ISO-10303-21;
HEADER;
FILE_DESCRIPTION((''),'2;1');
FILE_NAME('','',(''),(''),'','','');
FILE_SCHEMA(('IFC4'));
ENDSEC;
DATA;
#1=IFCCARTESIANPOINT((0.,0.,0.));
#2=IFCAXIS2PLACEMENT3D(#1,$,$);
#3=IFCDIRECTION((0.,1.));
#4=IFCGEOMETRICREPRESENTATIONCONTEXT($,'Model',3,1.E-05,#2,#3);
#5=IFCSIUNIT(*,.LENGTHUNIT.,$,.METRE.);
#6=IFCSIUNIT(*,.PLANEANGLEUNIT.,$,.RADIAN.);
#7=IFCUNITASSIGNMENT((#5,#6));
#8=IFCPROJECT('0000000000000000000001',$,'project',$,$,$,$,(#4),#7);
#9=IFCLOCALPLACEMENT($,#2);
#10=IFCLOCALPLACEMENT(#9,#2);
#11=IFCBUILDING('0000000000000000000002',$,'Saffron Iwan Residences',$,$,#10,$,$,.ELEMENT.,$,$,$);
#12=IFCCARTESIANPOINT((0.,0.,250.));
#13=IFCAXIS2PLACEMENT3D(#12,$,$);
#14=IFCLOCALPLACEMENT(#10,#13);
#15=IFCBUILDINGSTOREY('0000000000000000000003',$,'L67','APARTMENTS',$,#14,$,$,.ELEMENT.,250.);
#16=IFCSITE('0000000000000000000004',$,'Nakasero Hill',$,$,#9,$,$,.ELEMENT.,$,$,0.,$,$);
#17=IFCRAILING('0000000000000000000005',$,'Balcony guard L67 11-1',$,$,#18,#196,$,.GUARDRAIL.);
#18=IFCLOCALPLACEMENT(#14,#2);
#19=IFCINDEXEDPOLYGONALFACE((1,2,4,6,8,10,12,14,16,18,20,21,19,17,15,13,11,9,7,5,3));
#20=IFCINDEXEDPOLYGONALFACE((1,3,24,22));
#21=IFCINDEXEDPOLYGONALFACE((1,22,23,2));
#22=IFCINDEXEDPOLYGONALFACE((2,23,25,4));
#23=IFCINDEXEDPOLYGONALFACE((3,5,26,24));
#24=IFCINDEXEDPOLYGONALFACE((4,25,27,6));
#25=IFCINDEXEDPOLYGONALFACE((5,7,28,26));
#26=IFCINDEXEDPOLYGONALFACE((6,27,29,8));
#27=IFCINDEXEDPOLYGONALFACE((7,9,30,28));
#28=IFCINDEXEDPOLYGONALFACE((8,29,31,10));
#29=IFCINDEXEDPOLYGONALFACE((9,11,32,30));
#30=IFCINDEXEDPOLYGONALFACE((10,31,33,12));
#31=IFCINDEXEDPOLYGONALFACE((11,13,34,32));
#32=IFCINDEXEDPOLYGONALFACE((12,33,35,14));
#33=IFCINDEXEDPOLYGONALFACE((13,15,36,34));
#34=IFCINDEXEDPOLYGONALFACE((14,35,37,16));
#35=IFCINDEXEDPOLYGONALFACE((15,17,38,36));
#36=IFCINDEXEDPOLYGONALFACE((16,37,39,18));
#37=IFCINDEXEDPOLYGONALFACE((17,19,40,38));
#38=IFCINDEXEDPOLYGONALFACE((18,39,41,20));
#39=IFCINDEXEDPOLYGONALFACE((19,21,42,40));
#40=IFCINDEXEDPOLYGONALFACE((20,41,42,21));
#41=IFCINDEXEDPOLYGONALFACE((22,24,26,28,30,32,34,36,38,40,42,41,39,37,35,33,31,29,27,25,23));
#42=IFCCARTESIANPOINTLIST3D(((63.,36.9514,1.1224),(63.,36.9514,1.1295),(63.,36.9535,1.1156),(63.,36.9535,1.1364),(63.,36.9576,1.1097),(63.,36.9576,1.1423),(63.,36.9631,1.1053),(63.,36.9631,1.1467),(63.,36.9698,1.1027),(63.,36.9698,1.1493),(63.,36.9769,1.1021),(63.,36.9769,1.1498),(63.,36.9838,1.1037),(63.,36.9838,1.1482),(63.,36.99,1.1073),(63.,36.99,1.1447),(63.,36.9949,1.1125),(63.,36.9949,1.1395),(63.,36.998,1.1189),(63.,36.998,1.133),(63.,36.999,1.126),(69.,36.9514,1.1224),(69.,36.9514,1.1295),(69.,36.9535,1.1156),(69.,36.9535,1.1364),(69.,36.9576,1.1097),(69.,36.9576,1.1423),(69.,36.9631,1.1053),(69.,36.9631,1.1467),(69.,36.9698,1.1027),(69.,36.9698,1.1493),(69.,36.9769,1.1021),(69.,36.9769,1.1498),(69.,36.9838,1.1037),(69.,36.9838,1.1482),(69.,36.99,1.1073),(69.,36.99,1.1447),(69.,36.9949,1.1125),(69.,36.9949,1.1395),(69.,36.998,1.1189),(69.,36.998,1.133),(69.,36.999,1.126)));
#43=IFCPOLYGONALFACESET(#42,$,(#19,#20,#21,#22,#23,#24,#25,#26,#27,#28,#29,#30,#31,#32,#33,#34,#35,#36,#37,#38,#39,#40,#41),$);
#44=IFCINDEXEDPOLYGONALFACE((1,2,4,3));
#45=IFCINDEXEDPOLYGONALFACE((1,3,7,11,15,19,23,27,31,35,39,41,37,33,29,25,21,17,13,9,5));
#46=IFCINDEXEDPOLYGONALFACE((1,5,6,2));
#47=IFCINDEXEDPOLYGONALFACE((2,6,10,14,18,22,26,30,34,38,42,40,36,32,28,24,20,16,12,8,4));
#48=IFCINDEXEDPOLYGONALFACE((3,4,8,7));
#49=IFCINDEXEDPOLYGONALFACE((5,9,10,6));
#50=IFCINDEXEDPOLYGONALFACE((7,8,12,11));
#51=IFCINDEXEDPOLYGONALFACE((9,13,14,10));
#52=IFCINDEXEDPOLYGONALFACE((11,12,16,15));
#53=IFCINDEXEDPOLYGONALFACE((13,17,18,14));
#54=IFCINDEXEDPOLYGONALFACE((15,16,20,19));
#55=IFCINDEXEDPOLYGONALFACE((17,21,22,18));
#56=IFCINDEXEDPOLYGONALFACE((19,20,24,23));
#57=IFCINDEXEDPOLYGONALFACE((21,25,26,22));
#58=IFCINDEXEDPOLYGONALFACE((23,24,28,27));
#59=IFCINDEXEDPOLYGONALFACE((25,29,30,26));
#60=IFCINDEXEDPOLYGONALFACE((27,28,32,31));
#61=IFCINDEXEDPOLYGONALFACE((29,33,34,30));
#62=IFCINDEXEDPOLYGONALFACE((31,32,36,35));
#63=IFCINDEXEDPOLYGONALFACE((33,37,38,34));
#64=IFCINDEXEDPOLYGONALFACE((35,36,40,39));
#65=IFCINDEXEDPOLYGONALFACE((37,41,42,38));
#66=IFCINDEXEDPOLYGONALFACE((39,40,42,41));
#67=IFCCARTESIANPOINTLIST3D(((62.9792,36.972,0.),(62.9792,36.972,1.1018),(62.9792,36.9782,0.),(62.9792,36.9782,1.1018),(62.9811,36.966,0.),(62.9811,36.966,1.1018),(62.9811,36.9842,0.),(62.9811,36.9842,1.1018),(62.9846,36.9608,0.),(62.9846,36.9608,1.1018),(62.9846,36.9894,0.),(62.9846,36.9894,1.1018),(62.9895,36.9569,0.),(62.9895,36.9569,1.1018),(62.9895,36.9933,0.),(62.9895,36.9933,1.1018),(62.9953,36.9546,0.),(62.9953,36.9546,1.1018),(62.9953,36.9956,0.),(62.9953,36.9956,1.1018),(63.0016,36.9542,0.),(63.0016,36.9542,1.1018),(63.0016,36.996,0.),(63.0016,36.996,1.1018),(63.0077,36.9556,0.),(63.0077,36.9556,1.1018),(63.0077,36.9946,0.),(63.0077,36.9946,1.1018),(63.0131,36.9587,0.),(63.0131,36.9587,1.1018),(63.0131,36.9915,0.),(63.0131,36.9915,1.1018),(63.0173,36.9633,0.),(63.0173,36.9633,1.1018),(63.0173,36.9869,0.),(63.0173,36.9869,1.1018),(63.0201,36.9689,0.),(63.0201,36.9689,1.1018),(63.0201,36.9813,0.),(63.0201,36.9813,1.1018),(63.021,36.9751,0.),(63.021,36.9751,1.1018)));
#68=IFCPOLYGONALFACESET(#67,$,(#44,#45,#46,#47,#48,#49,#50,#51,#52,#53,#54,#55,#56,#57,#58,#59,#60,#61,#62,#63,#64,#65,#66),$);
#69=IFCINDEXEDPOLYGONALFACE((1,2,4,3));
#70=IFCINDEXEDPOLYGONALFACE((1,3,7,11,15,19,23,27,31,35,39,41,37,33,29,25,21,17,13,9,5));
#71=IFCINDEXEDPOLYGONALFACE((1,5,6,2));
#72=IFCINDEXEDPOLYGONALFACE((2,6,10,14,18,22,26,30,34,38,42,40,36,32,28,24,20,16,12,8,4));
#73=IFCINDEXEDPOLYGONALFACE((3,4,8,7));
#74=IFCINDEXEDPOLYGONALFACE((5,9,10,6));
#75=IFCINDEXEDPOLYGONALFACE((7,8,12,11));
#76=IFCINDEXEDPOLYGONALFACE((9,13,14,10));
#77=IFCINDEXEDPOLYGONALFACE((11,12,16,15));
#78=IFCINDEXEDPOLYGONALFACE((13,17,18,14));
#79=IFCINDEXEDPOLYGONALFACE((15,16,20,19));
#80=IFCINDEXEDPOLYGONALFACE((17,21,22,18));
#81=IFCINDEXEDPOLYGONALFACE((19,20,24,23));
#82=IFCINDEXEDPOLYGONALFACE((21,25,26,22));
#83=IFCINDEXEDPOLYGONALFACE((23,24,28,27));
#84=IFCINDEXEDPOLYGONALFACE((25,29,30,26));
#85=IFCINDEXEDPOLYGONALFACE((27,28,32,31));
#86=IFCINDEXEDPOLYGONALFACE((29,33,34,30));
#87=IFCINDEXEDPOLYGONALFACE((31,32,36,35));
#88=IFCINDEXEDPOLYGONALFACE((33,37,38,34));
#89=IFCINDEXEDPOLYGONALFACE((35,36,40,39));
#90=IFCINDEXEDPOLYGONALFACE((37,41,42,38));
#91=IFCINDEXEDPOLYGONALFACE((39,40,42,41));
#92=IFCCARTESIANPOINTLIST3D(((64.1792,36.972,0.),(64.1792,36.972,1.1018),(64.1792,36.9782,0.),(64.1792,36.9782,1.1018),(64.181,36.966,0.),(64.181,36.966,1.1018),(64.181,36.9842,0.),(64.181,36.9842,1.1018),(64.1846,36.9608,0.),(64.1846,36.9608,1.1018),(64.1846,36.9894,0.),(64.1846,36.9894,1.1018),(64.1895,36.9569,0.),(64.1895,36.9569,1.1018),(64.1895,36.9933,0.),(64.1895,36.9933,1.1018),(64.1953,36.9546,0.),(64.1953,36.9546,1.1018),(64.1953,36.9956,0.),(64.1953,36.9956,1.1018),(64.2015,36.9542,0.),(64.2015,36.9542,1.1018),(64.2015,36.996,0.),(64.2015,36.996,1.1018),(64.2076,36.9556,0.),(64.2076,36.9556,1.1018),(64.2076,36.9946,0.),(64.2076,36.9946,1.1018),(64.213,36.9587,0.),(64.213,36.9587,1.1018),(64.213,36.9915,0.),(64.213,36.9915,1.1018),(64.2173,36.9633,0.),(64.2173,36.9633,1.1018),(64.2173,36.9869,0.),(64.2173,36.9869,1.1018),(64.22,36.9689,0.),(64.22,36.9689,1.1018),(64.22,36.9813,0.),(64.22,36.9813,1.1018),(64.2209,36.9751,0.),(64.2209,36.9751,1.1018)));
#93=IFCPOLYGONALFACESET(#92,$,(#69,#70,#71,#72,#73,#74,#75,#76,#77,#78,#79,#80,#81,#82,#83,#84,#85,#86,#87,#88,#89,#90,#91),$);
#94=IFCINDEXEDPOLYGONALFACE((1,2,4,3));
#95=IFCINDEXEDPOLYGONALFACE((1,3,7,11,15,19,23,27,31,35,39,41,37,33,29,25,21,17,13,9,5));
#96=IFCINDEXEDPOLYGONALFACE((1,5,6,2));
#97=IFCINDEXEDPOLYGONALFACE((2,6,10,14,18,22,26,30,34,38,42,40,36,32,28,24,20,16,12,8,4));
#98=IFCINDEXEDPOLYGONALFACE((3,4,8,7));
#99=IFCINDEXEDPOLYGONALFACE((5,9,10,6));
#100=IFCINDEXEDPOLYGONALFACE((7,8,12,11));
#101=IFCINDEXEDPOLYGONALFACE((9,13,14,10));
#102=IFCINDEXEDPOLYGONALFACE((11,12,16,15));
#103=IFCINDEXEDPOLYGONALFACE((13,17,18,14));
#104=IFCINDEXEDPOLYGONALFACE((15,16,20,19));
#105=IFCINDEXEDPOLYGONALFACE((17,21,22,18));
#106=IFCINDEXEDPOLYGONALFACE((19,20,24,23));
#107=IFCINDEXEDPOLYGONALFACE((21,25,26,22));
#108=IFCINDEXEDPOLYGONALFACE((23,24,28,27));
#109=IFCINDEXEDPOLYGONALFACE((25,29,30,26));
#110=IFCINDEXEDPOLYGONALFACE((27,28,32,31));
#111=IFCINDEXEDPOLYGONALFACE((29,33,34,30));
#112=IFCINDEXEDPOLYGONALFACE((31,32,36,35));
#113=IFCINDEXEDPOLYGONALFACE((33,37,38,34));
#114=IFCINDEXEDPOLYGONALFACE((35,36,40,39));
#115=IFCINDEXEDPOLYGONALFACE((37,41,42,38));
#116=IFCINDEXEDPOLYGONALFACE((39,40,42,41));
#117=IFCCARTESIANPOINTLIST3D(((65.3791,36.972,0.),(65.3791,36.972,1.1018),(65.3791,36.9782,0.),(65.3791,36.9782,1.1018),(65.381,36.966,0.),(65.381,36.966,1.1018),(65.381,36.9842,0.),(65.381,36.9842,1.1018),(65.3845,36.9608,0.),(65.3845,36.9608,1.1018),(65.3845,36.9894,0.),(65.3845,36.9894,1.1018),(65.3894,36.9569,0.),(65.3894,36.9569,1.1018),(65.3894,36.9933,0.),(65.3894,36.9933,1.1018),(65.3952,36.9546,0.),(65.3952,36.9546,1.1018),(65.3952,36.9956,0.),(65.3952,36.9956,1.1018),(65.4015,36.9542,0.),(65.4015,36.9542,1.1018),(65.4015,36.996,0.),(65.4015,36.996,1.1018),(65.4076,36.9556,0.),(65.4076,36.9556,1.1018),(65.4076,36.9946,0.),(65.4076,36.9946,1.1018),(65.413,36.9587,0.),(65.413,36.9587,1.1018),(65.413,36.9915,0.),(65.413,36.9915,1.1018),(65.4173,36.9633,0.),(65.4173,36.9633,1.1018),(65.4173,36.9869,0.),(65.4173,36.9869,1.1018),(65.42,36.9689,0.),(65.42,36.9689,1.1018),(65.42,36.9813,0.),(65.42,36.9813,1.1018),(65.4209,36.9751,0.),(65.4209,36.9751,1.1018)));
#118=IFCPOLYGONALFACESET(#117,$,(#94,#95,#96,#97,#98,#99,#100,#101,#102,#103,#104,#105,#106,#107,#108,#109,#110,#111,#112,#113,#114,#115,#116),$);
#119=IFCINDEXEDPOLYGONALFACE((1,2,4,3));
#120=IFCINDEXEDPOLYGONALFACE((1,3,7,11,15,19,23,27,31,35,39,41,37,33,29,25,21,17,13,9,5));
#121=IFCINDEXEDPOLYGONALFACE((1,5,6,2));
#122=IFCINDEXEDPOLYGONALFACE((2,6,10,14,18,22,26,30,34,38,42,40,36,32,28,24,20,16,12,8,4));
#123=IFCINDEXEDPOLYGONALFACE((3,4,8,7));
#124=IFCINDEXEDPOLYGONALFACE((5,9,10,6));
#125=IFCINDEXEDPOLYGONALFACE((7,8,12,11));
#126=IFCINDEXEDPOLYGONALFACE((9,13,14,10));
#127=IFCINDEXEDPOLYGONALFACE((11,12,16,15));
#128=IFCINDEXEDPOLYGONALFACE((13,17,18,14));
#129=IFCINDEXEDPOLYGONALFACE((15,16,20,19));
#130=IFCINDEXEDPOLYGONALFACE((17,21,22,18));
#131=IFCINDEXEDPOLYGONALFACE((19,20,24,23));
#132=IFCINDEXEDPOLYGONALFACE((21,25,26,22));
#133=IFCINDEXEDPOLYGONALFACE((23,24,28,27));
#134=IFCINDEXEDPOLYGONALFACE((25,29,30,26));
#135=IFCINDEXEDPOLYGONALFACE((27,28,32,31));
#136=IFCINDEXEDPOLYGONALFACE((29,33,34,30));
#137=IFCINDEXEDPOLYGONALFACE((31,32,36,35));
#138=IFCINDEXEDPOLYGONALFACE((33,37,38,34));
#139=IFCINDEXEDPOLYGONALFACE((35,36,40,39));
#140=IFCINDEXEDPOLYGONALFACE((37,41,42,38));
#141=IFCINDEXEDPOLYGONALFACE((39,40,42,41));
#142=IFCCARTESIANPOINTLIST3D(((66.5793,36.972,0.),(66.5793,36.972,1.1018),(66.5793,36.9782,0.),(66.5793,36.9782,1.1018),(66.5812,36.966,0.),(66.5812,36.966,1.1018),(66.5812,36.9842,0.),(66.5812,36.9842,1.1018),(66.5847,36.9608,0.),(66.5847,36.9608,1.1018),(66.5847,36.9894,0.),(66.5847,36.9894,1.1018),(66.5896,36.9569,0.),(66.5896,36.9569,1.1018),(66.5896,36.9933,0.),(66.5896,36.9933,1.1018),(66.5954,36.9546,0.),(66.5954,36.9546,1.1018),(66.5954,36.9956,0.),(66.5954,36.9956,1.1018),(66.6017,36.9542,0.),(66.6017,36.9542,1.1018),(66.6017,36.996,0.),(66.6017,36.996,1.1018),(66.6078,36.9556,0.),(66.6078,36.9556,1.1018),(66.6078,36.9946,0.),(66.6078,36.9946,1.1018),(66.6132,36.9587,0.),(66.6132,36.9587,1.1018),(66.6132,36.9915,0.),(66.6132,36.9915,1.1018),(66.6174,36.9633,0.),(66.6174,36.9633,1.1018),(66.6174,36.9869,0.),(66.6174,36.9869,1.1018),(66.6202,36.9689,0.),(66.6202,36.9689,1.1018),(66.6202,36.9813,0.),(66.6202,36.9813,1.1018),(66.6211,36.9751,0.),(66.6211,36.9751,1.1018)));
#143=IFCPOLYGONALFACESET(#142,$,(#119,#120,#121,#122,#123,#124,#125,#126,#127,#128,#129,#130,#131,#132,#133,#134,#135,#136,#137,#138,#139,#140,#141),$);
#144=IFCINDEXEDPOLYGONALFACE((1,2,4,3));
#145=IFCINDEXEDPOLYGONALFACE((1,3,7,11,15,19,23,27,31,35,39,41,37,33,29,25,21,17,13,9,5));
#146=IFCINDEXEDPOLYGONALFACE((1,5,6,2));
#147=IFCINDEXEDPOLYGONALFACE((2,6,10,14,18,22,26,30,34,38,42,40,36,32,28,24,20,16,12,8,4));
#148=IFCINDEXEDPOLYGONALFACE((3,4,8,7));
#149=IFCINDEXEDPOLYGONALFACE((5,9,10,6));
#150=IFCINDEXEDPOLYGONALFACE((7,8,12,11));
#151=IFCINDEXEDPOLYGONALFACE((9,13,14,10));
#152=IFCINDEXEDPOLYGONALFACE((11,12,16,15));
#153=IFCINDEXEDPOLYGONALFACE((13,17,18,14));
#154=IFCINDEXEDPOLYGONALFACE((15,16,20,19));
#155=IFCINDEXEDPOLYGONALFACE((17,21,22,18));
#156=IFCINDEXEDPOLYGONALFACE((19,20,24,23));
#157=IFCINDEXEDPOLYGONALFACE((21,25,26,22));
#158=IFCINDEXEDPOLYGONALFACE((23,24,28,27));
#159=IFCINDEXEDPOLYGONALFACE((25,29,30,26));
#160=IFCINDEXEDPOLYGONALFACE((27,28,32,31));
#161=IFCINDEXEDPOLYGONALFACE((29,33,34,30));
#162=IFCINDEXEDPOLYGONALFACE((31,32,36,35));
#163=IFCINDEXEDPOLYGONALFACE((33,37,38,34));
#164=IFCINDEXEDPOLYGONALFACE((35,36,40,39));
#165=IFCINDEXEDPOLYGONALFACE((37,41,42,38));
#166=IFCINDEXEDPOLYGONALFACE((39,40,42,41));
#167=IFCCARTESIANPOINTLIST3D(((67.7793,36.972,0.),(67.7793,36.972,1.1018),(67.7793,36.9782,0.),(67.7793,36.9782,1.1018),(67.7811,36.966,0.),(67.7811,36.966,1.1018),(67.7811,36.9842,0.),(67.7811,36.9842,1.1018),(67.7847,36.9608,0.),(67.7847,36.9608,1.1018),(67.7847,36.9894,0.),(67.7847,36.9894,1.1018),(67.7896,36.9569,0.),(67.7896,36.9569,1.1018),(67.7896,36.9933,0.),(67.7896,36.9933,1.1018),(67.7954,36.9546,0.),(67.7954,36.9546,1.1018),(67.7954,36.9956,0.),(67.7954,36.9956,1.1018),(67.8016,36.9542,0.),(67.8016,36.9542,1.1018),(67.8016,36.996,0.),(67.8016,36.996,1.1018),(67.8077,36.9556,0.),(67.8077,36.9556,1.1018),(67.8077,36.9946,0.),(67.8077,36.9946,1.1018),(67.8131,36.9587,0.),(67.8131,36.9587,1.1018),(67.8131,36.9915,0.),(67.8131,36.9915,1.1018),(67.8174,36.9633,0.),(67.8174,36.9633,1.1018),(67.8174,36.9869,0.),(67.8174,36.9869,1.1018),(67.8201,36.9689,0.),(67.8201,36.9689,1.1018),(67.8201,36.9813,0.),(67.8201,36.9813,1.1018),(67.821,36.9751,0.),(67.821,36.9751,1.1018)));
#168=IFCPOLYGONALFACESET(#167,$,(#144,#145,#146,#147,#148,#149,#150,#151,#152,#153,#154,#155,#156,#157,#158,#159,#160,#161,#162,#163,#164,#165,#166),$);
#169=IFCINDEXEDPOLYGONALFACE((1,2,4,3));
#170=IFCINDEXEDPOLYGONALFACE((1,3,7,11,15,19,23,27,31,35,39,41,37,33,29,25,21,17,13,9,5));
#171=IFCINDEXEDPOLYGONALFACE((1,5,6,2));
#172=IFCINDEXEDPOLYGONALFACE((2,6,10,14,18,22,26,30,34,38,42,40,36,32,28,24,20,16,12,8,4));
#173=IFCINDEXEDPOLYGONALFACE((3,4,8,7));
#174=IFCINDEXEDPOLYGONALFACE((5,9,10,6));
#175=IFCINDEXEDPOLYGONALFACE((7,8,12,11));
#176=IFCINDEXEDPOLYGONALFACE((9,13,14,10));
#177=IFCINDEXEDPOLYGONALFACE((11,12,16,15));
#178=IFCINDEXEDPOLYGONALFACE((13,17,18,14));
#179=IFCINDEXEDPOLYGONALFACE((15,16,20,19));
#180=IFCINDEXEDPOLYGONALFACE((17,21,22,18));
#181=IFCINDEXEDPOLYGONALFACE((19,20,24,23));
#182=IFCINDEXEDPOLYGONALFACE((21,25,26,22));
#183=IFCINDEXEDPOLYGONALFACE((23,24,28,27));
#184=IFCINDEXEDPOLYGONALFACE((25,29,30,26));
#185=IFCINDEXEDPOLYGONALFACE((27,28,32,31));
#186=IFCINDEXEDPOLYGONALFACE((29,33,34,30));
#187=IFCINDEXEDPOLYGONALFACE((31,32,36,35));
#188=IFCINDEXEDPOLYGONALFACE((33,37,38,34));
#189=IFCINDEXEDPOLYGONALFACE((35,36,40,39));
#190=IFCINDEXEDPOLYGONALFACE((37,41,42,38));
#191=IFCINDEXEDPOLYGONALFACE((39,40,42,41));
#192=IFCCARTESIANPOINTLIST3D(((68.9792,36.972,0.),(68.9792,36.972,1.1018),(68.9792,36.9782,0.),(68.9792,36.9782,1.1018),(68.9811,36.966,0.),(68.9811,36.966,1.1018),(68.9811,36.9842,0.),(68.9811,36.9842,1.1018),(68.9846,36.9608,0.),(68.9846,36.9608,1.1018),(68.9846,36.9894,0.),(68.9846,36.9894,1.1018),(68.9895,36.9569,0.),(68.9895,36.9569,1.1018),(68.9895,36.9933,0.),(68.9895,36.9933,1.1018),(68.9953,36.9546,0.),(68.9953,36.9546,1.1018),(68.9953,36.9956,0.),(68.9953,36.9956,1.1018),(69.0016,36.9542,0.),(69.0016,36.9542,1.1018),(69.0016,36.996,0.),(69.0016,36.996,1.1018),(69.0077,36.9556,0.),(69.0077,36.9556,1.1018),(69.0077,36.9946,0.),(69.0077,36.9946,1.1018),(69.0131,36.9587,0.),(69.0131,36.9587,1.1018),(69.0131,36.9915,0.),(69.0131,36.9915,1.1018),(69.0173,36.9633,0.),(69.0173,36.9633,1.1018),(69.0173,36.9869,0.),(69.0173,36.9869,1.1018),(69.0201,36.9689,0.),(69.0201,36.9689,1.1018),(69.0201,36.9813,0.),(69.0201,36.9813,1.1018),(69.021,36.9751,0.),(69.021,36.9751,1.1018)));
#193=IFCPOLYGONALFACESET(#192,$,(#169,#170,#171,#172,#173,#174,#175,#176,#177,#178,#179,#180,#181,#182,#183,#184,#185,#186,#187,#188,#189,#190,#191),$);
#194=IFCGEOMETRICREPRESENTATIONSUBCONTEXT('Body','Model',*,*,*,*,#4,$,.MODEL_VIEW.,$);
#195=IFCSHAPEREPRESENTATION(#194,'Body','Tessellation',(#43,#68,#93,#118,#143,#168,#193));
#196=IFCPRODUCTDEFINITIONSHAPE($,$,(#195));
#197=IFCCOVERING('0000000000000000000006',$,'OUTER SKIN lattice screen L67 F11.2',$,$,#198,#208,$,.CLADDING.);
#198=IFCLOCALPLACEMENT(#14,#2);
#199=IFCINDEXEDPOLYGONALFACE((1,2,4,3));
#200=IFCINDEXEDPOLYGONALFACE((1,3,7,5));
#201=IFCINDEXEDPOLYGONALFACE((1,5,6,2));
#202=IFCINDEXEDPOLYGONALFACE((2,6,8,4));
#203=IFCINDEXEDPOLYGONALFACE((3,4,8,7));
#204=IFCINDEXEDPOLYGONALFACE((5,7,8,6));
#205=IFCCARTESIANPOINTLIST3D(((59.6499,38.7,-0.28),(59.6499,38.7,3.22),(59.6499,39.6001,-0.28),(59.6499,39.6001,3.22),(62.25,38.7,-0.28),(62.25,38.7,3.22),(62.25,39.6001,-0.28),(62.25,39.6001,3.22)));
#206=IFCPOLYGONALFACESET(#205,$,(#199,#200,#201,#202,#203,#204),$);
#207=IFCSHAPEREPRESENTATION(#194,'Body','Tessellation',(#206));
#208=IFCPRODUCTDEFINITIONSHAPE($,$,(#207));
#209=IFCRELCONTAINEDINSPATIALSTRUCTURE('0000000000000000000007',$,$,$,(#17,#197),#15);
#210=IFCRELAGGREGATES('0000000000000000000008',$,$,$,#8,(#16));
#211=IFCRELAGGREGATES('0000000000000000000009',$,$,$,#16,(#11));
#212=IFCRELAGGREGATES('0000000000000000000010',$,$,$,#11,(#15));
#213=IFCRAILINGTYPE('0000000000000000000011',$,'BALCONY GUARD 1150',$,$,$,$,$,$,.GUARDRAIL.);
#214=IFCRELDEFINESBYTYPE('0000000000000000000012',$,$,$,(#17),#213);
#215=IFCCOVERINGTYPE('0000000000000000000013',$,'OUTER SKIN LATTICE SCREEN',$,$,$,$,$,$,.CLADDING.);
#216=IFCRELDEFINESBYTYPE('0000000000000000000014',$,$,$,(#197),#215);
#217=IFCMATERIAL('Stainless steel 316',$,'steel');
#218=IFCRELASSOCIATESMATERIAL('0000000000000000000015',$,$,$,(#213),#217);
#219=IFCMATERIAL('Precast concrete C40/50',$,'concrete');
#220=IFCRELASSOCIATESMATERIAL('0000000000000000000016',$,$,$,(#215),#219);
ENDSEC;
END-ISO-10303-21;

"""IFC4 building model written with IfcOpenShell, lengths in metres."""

from ifc_helpers import new_model, si_unit, direction, frame, origin, origin_2d, place, context, subcontext, project, spatial, polyline, circle, outline, extrude, material, type_object, element, save


model = new_model("IFC4")

# Units and contexts
model_context = context("Model", 3, precision=1e-05, world=origin(), true_north=direction((0.0, 1.0)))
body_context = subcontext(model_context, "Body", "Model", "MODEL_VIEW")
ifc_project = project(units=[si_unit("LENGTHUNIT", "METRE"), si_unit("PLANEANGLEUNIT", "RADIAN")], contexts=[model_context])

# Site, building, storey
site_placement = place(None, origin())
site = spatial("IfcSite", under=ifc_project, at=site_placement, Name="Nakasero Hill", CompositionType="ELEMENT", RefElevation=0.0)
building_placement = place(site_placement, origin())
building = spatial("IfcBuilding", under=site, at=building_placement, Name="Saffron Iwan Residences", CompositionType="ELEMENT")
storey_placement = place(building_placement, frame((0.0, 0.0, 250.0)))
storey = spatial("IfcBuildingStorey", under=building, at=storey_placement, Name="L67", Description="APARTMENTS", CompositionType="ELEMENT", Elevation=250.0)

# Railing
ifc_material_1 = material(Name="Stainless steel 316", Category="steel")
railing_type = type_object("IfcRailingType", Name="BALCONY GUARD 1150", PredefinedType="GUARDRAIL", material=ifc_material_1)
railing_placement = place(storey_placement, frame((63.0, 36.9751, 0.0)))
element("IfcRailing", 1, at=railing_placement, inside=storey, type_object=railing_type, Name="Balcony guard L67 11-1", PredefinedType="GUARDRAIL", context=body_context, shape_type="SweptSolid", body=[
    extrude(circle(Radius=0.0239, at=origin_2d()), frame((0.0, 0.0, 1.126), z_axis=(1.0, 0.0, 0.0), x_axis=(0.0, 1.0, 0.0)), (0.0, 0.0, 1.0), 6.0),
    extrude(circle(Radius=0.021, at=origin_2d()), origin(), (0.0, 0.0, 1.0), 1.1018),
    extrude(circle(Radius=0.021, at=origin_2d()), frame((1.2, 0.0, 0.0)), (0.0, 0.0, 1.0), 1.1018),
    extrude(circle(Radius=0.021, at=origin_2d()), frame((2.3999, 0.0, 0.0)), (0.0, 0.0, 1.0), 1.1018),
    extrude(circle(Radius=0.021, at=origin_2d()), frame((3.6001, 0.0, 0.0)), (0.0, 0.0, 1.0), 1.1018),
    extrude(circle(Radius=0.021, at=origin_2d()), frame((4.8, 0.0, 0.0)), (0.0, 0.0, 1.0), 1.1018),
    extrude(circle(Radius=0.021, at=origin_2d()), frame((6.0, 0.0, 0.0)), (0.0, 0.0, 1.0), 1.1018),
])

# Covering
ifc_material_2 = material(Name="Precast concrete C40/50", Category="concrete")
covering_type = type_object("IfcCoveringType", Name="OUTER SKIN LATTICE SCREEN", PredefinedType="CLADDING", material=ifc_material_2)
covering_placement = place(storey_placement, frame((59.6499, 39.6001, -0.28), z_axis=(0.0, -1.0, 0.0), x_axis=(1.0, 0.0, 0.0)))
element("IfcCovering", 2, at=covering_placement, inside=storey, type_object=covering_type, Name="OUTER SKIN lattice screen L67 F11.2", PredefinedType="CLADDING", context=body_context, shape_type="SweptSolid", body=[
    extrude(outline(polyline([(0.0, 0.0), (2.6001, 0.0), (2.6001, 3.5), (0.0, 3.5), (0.0, 0.0)])), origin(), (0.0, 0.0, 1.0), 0.9001),
])

save(model, "model.ifc")
